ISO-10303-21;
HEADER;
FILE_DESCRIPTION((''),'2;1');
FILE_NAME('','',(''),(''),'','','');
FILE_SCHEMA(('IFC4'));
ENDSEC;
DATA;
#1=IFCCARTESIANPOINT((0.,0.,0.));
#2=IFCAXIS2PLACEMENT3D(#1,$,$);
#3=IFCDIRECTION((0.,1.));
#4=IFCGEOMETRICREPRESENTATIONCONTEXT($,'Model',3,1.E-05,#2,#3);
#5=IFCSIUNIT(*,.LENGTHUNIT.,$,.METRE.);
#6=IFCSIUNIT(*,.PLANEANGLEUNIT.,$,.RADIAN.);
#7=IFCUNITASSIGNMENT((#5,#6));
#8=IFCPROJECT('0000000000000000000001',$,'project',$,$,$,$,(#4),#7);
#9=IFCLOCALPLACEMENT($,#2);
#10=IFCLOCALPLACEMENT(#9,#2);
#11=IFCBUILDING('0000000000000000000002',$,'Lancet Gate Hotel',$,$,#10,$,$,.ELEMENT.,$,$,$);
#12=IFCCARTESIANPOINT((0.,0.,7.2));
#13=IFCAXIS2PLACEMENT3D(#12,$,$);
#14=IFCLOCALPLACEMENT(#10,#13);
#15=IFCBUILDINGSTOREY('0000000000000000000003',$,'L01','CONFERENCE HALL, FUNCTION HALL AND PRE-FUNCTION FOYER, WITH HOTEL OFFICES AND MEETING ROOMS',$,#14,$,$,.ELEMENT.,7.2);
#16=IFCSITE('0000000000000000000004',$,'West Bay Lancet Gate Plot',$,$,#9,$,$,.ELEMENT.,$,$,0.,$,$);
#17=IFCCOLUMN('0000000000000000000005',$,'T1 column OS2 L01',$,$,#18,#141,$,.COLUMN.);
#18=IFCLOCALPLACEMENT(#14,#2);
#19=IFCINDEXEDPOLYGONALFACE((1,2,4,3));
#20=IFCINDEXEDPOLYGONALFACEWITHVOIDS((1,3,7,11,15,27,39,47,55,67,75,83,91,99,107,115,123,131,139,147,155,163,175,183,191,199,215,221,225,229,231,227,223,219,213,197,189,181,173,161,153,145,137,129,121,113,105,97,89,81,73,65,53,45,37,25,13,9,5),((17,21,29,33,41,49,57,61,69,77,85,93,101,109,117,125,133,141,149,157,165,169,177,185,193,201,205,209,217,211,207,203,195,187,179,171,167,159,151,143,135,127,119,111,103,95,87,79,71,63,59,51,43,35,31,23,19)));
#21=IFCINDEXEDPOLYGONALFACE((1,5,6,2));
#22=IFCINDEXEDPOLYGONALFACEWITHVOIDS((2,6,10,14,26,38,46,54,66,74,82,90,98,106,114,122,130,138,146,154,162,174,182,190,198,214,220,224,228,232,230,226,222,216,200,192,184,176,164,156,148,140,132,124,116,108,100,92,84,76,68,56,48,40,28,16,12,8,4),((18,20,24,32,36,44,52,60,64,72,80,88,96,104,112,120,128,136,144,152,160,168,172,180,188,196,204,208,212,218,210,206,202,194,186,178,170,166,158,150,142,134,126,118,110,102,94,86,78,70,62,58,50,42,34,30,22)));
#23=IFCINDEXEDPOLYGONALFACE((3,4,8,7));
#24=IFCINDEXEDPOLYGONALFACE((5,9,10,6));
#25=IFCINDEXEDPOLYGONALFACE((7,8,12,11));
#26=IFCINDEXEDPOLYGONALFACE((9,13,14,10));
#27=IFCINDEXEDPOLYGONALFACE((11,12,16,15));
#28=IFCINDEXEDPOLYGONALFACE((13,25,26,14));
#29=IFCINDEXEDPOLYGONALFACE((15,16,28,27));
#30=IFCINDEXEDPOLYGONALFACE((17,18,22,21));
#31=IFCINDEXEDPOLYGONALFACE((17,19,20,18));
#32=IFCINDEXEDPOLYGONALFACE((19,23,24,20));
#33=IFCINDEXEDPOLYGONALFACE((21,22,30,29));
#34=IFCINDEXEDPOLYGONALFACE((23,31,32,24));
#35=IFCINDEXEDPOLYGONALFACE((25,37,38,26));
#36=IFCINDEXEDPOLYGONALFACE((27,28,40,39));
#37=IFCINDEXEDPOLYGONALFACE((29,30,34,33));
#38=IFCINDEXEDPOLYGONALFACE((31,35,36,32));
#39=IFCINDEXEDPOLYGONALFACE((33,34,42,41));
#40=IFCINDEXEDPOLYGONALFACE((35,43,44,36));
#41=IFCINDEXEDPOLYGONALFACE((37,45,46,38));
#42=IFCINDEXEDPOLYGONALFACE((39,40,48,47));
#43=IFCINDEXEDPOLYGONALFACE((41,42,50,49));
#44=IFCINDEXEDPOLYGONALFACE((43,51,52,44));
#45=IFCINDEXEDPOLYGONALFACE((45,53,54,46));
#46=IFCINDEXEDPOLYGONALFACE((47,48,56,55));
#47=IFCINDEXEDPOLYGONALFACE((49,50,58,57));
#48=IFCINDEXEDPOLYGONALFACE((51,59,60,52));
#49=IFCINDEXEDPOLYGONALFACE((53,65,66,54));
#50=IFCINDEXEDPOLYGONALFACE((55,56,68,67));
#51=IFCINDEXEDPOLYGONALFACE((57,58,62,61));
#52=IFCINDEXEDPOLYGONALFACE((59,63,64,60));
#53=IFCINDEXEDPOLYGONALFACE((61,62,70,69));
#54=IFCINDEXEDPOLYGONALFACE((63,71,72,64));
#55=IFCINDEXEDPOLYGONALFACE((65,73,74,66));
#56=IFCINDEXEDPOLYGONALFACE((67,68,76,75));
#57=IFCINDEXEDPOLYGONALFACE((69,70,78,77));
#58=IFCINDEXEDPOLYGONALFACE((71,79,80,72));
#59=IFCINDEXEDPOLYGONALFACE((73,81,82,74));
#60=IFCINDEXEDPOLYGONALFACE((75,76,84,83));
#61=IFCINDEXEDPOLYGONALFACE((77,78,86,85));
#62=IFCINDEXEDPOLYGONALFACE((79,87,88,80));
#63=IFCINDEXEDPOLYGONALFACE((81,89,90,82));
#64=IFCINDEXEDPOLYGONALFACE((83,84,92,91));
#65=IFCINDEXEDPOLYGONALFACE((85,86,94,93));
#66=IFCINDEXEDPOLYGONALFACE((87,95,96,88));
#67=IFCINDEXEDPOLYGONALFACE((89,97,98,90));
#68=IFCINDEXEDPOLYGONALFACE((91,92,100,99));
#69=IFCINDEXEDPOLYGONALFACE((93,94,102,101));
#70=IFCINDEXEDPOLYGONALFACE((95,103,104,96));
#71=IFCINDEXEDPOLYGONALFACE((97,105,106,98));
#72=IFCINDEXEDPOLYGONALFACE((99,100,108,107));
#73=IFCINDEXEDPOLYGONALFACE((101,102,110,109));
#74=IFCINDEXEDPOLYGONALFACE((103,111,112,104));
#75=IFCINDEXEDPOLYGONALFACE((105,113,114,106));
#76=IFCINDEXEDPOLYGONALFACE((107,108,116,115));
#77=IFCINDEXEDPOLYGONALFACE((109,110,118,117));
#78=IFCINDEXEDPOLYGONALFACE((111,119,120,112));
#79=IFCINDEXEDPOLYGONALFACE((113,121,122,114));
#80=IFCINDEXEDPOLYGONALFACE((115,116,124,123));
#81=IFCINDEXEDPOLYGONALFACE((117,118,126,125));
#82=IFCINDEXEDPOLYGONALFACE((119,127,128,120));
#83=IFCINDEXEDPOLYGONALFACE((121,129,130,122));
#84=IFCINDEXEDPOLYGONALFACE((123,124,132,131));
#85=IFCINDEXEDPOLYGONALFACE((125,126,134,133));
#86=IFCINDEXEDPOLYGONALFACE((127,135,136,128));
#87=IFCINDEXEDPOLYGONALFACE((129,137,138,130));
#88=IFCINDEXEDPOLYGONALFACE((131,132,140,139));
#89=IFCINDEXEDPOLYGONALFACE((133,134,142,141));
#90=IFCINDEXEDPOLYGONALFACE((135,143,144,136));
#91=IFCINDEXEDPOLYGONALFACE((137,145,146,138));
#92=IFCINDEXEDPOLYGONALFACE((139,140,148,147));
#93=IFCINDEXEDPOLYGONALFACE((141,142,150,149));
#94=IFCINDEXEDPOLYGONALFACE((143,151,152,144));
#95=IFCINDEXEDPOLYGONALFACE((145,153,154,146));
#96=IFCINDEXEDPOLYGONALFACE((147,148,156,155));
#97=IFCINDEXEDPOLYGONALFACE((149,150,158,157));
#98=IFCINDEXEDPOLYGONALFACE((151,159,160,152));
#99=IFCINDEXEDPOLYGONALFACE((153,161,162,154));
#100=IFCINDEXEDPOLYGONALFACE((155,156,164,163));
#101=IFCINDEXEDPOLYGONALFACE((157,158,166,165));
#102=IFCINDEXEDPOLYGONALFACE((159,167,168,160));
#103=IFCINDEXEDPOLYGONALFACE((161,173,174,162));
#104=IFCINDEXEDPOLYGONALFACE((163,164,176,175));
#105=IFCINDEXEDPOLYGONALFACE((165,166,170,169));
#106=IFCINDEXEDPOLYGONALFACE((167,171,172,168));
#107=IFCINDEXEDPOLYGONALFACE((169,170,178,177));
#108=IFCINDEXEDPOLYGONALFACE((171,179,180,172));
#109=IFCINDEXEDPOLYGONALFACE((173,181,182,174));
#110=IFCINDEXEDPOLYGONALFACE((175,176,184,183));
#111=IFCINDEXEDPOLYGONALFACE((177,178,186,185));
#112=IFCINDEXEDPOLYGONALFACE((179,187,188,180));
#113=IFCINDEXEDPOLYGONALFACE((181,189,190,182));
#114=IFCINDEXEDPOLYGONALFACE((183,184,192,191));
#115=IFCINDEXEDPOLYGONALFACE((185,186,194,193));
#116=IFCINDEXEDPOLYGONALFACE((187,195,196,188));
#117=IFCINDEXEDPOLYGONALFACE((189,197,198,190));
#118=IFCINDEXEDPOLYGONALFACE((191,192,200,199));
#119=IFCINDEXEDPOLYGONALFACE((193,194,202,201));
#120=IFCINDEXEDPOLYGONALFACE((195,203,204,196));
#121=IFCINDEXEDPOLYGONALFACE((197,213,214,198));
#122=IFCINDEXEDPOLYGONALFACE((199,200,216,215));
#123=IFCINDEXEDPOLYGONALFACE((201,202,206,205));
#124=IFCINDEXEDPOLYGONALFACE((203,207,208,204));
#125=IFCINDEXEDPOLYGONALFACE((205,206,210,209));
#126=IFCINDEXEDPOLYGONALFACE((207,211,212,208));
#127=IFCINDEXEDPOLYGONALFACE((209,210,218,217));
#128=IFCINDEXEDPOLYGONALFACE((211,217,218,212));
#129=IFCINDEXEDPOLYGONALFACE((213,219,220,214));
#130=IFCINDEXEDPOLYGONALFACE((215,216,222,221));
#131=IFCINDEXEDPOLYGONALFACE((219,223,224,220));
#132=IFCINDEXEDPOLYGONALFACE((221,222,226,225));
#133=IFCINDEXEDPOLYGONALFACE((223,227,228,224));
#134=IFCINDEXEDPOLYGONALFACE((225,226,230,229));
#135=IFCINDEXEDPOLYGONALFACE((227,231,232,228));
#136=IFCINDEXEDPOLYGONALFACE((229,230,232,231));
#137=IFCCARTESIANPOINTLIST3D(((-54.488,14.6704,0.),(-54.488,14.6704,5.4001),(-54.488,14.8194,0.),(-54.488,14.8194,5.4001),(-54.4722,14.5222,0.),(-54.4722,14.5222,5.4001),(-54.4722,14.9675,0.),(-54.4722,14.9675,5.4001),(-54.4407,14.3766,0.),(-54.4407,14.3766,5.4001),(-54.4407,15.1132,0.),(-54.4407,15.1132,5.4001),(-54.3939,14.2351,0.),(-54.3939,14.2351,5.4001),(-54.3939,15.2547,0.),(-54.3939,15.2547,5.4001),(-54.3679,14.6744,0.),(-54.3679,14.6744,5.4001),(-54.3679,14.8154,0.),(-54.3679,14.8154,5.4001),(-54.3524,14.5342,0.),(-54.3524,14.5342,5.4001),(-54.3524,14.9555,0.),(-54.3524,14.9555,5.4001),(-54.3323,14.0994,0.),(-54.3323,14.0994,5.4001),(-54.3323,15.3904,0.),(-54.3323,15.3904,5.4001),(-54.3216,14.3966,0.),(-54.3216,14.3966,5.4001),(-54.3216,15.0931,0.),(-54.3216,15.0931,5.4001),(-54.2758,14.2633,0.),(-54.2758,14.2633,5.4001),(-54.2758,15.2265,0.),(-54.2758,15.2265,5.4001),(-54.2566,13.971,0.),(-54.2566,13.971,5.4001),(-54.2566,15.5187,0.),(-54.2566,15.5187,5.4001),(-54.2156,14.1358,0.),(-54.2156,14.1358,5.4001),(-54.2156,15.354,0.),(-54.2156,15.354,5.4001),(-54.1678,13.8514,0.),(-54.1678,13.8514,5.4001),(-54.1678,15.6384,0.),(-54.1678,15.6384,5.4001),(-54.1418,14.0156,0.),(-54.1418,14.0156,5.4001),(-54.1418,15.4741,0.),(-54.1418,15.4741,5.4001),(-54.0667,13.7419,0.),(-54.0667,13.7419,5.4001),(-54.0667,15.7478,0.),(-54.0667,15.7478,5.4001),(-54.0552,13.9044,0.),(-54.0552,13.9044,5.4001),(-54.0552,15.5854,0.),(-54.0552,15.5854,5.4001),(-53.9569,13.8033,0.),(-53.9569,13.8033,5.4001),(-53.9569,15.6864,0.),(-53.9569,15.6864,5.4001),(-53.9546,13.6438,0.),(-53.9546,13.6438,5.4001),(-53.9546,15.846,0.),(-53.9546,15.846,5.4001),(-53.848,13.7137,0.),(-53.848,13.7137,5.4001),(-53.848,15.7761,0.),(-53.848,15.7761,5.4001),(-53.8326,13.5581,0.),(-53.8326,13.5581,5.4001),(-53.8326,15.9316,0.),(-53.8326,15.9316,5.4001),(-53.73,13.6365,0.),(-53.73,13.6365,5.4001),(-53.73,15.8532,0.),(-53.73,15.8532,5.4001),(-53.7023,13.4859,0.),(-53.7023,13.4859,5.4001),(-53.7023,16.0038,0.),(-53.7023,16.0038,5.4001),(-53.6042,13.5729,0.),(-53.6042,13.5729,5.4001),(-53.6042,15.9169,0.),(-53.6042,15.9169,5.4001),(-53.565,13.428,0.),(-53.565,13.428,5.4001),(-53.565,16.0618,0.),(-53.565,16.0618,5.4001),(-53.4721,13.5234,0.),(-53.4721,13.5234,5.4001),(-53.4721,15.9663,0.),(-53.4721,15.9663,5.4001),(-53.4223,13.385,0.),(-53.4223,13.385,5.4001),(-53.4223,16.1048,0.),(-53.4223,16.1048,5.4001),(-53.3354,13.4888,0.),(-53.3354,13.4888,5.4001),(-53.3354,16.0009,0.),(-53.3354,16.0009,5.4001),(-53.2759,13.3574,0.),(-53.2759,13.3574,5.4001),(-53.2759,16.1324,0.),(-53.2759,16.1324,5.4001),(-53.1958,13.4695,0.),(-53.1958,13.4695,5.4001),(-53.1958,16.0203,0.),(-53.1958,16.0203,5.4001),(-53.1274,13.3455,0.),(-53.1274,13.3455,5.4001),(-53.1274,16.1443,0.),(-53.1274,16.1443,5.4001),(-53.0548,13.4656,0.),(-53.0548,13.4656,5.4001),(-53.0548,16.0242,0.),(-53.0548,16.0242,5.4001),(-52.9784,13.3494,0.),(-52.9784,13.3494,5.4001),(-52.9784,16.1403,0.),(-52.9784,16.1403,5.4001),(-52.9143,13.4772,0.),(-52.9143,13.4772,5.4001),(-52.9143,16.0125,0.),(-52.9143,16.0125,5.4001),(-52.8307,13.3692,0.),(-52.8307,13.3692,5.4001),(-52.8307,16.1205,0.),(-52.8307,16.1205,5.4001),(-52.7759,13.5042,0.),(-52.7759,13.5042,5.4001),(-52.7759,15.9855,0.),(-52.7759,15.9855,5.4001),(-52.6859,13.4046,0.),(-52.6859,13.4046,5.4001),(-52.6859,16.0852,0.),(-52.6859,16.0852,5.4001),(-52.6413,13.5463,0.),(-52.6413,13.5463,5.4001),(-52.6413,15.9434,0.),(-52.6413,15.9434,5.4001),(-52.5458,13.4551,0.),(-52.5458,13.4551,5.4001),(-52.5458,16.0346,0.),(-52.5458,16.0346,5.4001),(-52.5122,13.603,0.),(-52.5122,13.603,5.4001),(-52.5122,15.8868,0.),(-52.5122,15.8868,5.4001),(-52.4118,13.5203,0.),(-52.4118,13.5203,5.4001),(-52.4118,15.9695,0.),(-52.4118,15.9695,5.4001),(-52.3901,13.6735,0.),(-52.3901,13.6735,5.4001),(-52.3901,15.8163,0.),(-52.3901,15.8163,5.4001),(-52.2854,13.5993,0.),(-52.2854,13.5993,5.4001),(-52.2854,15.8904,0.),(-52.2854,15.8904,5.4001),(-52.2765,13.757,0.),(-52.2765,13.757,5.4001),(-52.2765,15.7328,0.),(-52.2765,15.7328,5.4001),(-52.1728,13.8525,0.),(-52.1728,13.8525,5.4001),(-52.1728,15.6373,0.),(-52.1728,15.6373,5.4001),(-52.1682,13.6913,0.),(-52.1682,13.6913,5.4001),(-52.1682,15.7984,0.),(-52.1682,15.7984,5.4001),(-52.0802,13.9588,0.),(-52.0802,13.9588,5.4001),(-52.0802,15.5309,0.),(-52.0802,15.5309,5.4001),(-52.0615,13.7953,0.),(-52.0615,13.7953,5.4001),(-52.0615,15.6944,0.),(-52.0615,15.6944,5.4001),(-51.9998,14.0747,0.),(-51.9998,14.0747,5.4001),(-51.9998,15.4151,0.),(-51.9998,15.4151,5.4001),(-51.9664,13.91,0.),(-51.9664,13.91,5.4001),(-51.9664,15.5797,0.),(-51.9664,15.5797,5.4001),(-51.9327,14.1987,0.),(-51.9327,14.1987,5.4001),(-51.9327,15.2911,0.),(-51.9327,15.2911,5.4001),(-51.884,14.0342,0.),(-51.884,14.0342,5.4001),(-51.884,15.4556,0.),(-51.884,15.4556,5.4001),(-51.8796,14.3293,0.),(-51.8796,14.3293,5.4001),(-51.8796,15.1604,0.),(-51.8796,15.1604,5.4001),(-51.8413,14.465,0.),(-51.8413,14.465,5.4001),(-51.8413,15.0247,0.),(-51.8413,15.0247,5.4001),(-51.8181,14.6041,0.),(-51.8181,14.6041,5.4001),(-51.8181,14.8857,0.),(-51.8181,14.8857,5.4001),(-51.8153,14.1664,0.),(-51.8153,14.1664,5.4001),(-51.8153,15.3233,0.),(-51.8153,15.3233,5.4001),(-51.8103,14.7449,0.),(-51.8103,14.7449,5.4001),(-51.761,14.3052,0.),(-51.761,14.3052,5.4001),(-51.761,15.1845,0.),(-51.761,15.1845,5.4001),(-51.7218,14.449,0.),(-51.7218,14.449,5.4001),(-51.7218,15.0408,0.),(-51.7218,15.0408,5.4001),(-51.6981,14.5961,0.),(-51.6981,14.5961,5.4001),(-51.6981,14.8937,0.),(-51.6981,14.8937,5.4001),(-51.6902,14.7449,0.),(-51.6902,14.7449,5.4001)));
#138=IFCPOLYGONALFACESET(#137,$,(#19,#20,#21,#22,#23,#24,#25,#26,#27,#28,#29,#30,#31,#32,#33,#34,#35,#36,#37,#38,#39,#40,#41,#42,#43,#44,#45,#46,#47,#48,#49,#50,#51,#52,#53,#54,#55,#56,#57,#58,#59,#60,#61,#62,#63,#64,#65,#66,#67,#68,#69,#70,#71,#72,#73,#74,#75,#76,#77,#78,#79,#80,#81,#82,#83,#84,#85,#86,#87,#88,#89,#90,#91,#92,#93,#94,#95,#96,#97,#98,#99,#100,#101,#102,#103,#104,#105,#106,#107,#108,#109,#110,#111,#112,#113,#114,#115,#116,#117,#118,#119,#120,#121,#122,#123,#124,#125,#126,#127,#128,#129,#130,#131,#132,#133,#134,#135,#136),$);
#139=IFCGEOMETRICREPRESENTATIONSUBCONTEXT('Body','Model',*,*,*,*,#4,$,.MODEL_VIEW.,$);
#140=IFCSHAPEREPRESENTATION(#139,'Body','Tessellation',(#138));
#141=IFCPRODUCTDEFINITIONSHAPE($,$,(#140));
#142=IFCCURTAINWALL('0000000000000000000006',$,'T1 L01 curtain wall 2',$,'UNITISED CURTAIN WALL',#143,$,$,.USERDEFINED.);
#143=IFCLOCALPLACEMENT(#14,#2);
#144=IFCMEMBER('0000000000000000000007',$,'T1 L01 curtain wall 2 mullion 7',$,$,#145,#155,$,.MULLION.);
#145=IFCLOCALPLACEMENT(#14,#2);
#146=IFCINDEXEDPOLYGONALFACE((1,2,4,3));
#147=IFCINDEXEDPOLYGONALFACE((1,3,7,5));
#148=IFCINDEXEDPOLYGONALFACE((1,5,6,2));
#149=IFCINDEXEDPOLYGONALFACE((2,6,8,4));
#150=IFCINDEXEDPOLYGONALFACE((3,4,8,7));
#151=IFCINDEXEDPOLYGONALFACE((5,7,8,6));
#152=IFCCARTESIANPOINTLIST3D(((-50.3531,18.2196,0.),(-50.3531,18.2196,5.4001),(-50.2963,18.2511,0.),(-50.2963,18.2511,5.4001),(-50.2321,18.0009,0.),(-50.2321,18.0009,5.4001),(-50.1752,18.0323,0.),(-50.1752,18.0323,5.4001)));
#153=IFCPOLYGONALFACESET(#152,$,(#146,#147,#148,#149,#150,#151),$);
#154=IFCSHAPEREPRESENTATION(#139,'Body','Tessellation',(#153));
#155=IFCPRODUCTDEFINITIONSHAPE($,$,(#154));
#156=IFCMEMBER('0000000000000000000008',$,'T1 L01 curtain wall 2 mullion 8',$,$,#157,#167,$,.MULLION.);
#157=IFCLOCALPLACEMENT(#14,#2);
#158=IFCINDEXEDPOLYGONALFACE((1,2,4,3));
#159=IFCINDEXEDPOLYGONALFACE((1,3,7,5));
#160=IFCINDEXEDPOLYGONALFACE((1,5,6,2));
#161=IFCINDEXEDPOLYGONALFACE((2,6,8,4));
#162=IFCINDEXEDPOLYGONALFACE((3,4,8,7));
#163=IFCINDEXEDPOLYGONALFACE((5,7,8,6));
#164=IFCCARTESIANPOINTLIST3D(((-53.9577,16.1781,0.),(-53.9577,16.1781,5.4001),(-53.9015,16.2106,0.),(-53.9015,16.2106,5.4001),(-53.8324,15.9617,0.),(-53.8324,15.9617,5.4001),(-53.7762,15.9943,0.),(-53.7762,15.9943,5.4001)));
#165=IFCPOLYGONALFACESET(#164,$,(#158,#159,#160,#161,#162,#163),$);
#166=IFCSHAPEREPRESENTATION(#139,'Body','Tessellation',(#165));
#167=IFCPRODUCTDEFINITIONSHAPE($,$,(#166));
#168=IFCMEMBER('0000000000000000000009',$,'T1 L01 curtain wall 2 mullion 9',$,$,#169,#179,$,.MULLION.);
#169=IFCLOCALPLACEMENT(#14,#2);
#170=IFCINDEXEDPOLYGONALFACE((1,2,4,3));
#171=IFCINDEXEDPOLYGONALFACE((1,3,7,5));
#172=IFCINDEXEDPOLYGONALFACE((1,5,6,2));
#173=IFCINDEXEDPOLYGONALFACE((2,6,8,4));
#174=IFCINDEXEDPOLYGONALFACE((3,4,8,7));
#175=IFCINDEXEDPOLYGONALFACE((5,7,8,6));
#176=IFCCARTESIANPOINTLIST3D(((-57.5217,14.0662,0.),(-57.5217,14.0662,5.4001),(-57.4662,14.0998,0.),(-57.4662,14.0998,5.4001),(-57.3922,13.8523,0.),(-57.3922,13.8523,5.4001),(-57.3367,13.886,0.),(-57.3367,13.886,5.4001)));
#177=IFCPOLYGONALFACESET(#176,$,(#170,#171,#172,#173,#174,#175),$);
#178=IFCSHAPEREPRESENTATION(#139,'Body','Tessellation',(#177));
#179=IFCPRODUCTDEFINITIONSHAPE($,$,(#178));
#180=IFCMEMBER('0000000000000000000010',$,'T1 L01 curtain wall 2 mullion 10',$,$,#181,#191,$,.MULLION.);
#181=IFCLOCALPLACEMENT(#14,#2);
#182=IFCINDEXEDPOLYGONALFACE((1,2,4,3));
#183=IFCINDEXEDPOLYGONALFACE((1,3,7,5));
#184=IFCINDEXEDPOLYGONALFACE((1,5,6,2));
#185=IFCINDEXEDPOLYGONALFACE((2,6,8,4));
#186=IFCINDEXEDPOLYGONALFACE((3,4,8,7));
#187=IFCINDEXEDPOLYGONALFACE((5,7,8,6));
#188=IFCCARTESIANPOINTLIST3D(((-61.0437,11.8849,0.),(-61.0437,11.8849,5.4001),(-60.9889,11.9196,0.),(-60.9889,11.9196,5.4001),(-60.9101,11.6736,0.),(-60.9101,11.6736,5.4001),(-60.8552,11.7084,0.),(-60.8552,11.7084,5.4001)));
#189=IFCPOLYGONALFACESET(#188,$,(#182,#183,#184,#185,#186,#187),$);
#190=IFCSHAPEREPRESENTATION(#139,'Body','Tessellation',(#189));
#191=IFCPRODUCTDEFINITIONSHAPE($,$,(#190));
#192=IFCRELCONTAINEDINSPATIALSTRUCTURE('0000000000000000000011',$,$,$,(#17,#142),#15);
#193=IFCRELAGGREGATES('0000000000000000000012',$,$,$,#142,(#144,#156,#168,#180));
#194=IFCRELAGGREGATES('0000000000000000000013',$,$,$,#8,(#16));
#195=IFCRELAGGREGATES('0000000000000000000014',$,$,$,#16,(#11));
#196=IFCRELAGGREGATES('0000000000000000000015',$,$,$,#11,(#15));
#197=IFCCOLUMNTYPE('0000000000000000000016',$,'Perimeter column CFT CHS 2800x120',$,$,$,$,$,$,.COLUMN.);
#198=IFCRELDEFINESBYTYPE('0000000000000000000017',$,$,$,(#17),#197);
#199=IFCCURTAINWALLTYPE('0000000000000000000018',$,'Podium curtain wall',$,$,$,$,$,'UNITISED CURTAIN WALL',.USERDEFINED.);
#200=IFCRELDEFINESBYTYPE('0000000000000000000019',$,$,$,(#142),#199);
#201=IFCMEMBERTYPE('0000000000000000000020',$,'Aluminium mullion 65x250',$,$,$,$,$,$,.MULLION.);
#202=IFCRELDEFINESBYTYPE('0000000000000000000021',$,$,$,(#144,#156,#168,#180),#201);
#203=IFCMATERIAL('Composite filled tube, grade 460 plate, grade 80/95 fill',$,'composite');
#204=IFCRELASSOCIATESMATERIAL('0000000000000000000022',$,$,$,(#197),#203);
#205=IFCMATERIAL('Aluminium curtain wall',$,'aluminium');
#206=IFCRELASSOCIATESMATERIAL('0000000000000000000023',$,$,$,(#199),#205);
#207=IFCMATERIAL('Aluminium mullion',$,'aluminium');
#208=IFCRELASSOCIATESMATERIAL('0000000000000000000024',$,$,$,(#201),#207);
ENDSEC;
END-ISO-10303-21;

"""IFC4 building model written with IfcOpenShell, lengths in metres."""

from ifc_helpers import new_model, si_unit, direction, frame, origin, origin_2d, place, context, subcontext, project, spatial, rectangle, hollow_circle, extrude, material, material_profile, profile_set, type_object, element, aggregate, save


model = new_model("IFC4")

# Units and contexts
model_context = context("Model", 3, precision=1e-05, world=origin(), true_north=direction((0.0, 1.0)))
body_context = subcontext(model_context, "Body", "Model", "MODEL_VIEW")
ifc_project = project(units=[si_unit("LENGTHUNIT", "METRE"), si_unit("PLANEANGLEUNIT", "RADIAN")], contexts=[model_context])

# Site, building, storey
site_placement = place(None, origin())
site = spatial("IfcSite", under=ifc_project, at=site_placement, Name="West Bay Lancet Gate Plot", CompositionType="ELEMENT", RefElevation=0.0)
building_placement = place(site_placement, origin())
building = spatial("IfcBuilding", under=site, at=building_placement, Name="Lancet Gate Hotel", CompositionType="ELEMENT")
storey_placement = place(building_placement, frame((0.0, 0.0, 7.2)))
storey = spatial("IfcBuildingStorey", under=building, at=storey_placement, Name="L01", Description="CONFERENCE HALL, FUNCTION HALL AND PRE-FUNCTION FOYER, WITH HOTEL OFFICES AND MEETING ROOMS", CompositionType="ELEMENT", Elevation=7.2)

# Column
ifc_material_1 = material(Name="Composite filled tube, grade 460 plate, grade 80/95 fill", Category="composite")
ifc_material_profile_1 = material_profile(ifc_material_1, hollow_circle(Radius=1.3999, WallThickness=0.1201, at=origin_2d()), Name="CHS 2800x120")
ifc_profile_set_1 = profile_set([ifc_material_profile_1], Name="Composite filled tube, grade 460 plate, grade 80/95 fill")
column_type = type_object("IfcColumnType", Name="Perimeter column CFT CHS 2800x120", PredefinedType="COLUMN", material=ifc_profile_set_1)
column_placement = place(storey_placement, frame((-53.0901, 14.7449, 0.0), z_axis=(0.0, 0.0, 1.0), x_axis=(1.0, 0.0, 0.0)))
element("IfcColumn", 1, at=column_placement, inside=storey, type_object=column_type, Name="T1 column OS2 L01", PredefinedType="COLUMN", context=body_context, shape_type="SweptSolid", body=[
    extrude(hollow_circle(Radius=1.3999, WallThickness=0.1201, at=origin_2d()), origin(), (0.0, 0.0, 1.0), 5.4001),
])

# Curtain wall, members
ifc_material_2 = material(Name="Aluminium curtain wall", Category="aluminium")
curtain_wall_type = type_object("IfcCurtainWallType", Name="Podium curtain wall", ElementType="UNITISED CURTAIN WALL", PredefinedType="USERDEFINED", material=ifc_material_2)
curtain_wall_placement = place(storey_placement, origin())
curtain_wall = element("IfcCurtainWall", 2, at=curtain_wall_placement, inside=storey, type_object=curtain_wall_type, Name="T1 L01 curtain wall 2", ObjectType="UNITISED CURTAIN WALL", PredefinedType="USERDEFINED")
ifc_material_3 = material(Name="Aluminium mullion", Category="aluminium")
ifc_material_profile_2 = material_profile(ifc_material_3, rectangle(XDim=0.0649, YDim=0.25, at=origin_2d()), Name="MULLION 65x250")
ifc_profile_set_2 = profile_set([ifc_material_profile_2], Name="Aluminium mullion")
member_type_1 = type_object("IfcMemberType", Name="Aluminium mullion 65x250", PredefinedType="MULLION", material=ifc_profile_set_2)
member_1_placement = place(storey_placement, frame((-50.2642, 18.126, 0.0), z_axis=(0.0, 0.0, 1.0), x_axis=(-0.874991, -0.484139, 0.0)))
member_1 = element("IfcMember", 3, at=member_1_placement, type_object=member_type_1, Name="T1 L01 curtain wall 2 mullion 7", PredefinedType="MULLION", context=body_context, shape_type="SweptSolid", body=[
    extrude(rectangle(XDim=0.0649, YDim=0.25, at=origin_2d()), origin(), (0.0, 0.0, 1.0), 5.4001),
])
member_2_placement = place(storey_placement, frame((-53.8669, 16.0862, 0.0), z_axis=(0.0, 0.0, 1.0), x_axis=(-0.865335, -0.501194, 0.0)))
member_2 = element("IfcMember", 4, at=member_2_placement, type_object=member_type_1, Name="T1 L01 curtain wall 2 mullion 8", PredefinedType="MULLION", context=body_context, shape_type="SweptSolid", body=[
    extrude(rectangle(XDim=0.0649, YDim=0.25, at=origin_2d()), origin(), (0.0, 0.0, 1.0), 5.4001),
])
member_3_placement = place(storey_placement, frame((-57.4292, 13.9761, 0.0), z_axis=(0.0, 0.0, 1.0), x_axis=(-0.855346, -0.518057, 0.0)))
member_3 = element("IfcMember", 5, at=member_3_placement, type_object=member_type_1, Name="T1 L01 curtain wall 2 mullion 9", PredefinedType="MULLION", context=body_context, shape_type="SweptSolid", body=[
    extrude(rectangle(XDim=0.0649, YDim=0.25, at=origin_2d()), origin(), (0.0, 0.0, 1.0), 5.4001),
])
member_4_placement = place(storey_placement, frame((-60.9495, 11.7966, 0.0), z_axis=(0.0, 0.0, 1.0), x_axis=(-0.845029, -0.53472, 0.0)))
member_4 = element("IfcMember", 6, at=member_4_placement, type_object=member_type_1, Name="T1 L01 curtain wall 2 mullion 10", PredefinedType="MULLION", context=body_context, shape_type="SweptSolid", body=[
    extrude(rectangle(XDim=0.0649, YDim=0.25, at=origin_2d()), origin(), (0.0, 0.0, 1.0), 5.4001),
])

aggregate(curtain_wall, [member_1, member_2, member_3, member_4])

save(model, "model.ifc")
